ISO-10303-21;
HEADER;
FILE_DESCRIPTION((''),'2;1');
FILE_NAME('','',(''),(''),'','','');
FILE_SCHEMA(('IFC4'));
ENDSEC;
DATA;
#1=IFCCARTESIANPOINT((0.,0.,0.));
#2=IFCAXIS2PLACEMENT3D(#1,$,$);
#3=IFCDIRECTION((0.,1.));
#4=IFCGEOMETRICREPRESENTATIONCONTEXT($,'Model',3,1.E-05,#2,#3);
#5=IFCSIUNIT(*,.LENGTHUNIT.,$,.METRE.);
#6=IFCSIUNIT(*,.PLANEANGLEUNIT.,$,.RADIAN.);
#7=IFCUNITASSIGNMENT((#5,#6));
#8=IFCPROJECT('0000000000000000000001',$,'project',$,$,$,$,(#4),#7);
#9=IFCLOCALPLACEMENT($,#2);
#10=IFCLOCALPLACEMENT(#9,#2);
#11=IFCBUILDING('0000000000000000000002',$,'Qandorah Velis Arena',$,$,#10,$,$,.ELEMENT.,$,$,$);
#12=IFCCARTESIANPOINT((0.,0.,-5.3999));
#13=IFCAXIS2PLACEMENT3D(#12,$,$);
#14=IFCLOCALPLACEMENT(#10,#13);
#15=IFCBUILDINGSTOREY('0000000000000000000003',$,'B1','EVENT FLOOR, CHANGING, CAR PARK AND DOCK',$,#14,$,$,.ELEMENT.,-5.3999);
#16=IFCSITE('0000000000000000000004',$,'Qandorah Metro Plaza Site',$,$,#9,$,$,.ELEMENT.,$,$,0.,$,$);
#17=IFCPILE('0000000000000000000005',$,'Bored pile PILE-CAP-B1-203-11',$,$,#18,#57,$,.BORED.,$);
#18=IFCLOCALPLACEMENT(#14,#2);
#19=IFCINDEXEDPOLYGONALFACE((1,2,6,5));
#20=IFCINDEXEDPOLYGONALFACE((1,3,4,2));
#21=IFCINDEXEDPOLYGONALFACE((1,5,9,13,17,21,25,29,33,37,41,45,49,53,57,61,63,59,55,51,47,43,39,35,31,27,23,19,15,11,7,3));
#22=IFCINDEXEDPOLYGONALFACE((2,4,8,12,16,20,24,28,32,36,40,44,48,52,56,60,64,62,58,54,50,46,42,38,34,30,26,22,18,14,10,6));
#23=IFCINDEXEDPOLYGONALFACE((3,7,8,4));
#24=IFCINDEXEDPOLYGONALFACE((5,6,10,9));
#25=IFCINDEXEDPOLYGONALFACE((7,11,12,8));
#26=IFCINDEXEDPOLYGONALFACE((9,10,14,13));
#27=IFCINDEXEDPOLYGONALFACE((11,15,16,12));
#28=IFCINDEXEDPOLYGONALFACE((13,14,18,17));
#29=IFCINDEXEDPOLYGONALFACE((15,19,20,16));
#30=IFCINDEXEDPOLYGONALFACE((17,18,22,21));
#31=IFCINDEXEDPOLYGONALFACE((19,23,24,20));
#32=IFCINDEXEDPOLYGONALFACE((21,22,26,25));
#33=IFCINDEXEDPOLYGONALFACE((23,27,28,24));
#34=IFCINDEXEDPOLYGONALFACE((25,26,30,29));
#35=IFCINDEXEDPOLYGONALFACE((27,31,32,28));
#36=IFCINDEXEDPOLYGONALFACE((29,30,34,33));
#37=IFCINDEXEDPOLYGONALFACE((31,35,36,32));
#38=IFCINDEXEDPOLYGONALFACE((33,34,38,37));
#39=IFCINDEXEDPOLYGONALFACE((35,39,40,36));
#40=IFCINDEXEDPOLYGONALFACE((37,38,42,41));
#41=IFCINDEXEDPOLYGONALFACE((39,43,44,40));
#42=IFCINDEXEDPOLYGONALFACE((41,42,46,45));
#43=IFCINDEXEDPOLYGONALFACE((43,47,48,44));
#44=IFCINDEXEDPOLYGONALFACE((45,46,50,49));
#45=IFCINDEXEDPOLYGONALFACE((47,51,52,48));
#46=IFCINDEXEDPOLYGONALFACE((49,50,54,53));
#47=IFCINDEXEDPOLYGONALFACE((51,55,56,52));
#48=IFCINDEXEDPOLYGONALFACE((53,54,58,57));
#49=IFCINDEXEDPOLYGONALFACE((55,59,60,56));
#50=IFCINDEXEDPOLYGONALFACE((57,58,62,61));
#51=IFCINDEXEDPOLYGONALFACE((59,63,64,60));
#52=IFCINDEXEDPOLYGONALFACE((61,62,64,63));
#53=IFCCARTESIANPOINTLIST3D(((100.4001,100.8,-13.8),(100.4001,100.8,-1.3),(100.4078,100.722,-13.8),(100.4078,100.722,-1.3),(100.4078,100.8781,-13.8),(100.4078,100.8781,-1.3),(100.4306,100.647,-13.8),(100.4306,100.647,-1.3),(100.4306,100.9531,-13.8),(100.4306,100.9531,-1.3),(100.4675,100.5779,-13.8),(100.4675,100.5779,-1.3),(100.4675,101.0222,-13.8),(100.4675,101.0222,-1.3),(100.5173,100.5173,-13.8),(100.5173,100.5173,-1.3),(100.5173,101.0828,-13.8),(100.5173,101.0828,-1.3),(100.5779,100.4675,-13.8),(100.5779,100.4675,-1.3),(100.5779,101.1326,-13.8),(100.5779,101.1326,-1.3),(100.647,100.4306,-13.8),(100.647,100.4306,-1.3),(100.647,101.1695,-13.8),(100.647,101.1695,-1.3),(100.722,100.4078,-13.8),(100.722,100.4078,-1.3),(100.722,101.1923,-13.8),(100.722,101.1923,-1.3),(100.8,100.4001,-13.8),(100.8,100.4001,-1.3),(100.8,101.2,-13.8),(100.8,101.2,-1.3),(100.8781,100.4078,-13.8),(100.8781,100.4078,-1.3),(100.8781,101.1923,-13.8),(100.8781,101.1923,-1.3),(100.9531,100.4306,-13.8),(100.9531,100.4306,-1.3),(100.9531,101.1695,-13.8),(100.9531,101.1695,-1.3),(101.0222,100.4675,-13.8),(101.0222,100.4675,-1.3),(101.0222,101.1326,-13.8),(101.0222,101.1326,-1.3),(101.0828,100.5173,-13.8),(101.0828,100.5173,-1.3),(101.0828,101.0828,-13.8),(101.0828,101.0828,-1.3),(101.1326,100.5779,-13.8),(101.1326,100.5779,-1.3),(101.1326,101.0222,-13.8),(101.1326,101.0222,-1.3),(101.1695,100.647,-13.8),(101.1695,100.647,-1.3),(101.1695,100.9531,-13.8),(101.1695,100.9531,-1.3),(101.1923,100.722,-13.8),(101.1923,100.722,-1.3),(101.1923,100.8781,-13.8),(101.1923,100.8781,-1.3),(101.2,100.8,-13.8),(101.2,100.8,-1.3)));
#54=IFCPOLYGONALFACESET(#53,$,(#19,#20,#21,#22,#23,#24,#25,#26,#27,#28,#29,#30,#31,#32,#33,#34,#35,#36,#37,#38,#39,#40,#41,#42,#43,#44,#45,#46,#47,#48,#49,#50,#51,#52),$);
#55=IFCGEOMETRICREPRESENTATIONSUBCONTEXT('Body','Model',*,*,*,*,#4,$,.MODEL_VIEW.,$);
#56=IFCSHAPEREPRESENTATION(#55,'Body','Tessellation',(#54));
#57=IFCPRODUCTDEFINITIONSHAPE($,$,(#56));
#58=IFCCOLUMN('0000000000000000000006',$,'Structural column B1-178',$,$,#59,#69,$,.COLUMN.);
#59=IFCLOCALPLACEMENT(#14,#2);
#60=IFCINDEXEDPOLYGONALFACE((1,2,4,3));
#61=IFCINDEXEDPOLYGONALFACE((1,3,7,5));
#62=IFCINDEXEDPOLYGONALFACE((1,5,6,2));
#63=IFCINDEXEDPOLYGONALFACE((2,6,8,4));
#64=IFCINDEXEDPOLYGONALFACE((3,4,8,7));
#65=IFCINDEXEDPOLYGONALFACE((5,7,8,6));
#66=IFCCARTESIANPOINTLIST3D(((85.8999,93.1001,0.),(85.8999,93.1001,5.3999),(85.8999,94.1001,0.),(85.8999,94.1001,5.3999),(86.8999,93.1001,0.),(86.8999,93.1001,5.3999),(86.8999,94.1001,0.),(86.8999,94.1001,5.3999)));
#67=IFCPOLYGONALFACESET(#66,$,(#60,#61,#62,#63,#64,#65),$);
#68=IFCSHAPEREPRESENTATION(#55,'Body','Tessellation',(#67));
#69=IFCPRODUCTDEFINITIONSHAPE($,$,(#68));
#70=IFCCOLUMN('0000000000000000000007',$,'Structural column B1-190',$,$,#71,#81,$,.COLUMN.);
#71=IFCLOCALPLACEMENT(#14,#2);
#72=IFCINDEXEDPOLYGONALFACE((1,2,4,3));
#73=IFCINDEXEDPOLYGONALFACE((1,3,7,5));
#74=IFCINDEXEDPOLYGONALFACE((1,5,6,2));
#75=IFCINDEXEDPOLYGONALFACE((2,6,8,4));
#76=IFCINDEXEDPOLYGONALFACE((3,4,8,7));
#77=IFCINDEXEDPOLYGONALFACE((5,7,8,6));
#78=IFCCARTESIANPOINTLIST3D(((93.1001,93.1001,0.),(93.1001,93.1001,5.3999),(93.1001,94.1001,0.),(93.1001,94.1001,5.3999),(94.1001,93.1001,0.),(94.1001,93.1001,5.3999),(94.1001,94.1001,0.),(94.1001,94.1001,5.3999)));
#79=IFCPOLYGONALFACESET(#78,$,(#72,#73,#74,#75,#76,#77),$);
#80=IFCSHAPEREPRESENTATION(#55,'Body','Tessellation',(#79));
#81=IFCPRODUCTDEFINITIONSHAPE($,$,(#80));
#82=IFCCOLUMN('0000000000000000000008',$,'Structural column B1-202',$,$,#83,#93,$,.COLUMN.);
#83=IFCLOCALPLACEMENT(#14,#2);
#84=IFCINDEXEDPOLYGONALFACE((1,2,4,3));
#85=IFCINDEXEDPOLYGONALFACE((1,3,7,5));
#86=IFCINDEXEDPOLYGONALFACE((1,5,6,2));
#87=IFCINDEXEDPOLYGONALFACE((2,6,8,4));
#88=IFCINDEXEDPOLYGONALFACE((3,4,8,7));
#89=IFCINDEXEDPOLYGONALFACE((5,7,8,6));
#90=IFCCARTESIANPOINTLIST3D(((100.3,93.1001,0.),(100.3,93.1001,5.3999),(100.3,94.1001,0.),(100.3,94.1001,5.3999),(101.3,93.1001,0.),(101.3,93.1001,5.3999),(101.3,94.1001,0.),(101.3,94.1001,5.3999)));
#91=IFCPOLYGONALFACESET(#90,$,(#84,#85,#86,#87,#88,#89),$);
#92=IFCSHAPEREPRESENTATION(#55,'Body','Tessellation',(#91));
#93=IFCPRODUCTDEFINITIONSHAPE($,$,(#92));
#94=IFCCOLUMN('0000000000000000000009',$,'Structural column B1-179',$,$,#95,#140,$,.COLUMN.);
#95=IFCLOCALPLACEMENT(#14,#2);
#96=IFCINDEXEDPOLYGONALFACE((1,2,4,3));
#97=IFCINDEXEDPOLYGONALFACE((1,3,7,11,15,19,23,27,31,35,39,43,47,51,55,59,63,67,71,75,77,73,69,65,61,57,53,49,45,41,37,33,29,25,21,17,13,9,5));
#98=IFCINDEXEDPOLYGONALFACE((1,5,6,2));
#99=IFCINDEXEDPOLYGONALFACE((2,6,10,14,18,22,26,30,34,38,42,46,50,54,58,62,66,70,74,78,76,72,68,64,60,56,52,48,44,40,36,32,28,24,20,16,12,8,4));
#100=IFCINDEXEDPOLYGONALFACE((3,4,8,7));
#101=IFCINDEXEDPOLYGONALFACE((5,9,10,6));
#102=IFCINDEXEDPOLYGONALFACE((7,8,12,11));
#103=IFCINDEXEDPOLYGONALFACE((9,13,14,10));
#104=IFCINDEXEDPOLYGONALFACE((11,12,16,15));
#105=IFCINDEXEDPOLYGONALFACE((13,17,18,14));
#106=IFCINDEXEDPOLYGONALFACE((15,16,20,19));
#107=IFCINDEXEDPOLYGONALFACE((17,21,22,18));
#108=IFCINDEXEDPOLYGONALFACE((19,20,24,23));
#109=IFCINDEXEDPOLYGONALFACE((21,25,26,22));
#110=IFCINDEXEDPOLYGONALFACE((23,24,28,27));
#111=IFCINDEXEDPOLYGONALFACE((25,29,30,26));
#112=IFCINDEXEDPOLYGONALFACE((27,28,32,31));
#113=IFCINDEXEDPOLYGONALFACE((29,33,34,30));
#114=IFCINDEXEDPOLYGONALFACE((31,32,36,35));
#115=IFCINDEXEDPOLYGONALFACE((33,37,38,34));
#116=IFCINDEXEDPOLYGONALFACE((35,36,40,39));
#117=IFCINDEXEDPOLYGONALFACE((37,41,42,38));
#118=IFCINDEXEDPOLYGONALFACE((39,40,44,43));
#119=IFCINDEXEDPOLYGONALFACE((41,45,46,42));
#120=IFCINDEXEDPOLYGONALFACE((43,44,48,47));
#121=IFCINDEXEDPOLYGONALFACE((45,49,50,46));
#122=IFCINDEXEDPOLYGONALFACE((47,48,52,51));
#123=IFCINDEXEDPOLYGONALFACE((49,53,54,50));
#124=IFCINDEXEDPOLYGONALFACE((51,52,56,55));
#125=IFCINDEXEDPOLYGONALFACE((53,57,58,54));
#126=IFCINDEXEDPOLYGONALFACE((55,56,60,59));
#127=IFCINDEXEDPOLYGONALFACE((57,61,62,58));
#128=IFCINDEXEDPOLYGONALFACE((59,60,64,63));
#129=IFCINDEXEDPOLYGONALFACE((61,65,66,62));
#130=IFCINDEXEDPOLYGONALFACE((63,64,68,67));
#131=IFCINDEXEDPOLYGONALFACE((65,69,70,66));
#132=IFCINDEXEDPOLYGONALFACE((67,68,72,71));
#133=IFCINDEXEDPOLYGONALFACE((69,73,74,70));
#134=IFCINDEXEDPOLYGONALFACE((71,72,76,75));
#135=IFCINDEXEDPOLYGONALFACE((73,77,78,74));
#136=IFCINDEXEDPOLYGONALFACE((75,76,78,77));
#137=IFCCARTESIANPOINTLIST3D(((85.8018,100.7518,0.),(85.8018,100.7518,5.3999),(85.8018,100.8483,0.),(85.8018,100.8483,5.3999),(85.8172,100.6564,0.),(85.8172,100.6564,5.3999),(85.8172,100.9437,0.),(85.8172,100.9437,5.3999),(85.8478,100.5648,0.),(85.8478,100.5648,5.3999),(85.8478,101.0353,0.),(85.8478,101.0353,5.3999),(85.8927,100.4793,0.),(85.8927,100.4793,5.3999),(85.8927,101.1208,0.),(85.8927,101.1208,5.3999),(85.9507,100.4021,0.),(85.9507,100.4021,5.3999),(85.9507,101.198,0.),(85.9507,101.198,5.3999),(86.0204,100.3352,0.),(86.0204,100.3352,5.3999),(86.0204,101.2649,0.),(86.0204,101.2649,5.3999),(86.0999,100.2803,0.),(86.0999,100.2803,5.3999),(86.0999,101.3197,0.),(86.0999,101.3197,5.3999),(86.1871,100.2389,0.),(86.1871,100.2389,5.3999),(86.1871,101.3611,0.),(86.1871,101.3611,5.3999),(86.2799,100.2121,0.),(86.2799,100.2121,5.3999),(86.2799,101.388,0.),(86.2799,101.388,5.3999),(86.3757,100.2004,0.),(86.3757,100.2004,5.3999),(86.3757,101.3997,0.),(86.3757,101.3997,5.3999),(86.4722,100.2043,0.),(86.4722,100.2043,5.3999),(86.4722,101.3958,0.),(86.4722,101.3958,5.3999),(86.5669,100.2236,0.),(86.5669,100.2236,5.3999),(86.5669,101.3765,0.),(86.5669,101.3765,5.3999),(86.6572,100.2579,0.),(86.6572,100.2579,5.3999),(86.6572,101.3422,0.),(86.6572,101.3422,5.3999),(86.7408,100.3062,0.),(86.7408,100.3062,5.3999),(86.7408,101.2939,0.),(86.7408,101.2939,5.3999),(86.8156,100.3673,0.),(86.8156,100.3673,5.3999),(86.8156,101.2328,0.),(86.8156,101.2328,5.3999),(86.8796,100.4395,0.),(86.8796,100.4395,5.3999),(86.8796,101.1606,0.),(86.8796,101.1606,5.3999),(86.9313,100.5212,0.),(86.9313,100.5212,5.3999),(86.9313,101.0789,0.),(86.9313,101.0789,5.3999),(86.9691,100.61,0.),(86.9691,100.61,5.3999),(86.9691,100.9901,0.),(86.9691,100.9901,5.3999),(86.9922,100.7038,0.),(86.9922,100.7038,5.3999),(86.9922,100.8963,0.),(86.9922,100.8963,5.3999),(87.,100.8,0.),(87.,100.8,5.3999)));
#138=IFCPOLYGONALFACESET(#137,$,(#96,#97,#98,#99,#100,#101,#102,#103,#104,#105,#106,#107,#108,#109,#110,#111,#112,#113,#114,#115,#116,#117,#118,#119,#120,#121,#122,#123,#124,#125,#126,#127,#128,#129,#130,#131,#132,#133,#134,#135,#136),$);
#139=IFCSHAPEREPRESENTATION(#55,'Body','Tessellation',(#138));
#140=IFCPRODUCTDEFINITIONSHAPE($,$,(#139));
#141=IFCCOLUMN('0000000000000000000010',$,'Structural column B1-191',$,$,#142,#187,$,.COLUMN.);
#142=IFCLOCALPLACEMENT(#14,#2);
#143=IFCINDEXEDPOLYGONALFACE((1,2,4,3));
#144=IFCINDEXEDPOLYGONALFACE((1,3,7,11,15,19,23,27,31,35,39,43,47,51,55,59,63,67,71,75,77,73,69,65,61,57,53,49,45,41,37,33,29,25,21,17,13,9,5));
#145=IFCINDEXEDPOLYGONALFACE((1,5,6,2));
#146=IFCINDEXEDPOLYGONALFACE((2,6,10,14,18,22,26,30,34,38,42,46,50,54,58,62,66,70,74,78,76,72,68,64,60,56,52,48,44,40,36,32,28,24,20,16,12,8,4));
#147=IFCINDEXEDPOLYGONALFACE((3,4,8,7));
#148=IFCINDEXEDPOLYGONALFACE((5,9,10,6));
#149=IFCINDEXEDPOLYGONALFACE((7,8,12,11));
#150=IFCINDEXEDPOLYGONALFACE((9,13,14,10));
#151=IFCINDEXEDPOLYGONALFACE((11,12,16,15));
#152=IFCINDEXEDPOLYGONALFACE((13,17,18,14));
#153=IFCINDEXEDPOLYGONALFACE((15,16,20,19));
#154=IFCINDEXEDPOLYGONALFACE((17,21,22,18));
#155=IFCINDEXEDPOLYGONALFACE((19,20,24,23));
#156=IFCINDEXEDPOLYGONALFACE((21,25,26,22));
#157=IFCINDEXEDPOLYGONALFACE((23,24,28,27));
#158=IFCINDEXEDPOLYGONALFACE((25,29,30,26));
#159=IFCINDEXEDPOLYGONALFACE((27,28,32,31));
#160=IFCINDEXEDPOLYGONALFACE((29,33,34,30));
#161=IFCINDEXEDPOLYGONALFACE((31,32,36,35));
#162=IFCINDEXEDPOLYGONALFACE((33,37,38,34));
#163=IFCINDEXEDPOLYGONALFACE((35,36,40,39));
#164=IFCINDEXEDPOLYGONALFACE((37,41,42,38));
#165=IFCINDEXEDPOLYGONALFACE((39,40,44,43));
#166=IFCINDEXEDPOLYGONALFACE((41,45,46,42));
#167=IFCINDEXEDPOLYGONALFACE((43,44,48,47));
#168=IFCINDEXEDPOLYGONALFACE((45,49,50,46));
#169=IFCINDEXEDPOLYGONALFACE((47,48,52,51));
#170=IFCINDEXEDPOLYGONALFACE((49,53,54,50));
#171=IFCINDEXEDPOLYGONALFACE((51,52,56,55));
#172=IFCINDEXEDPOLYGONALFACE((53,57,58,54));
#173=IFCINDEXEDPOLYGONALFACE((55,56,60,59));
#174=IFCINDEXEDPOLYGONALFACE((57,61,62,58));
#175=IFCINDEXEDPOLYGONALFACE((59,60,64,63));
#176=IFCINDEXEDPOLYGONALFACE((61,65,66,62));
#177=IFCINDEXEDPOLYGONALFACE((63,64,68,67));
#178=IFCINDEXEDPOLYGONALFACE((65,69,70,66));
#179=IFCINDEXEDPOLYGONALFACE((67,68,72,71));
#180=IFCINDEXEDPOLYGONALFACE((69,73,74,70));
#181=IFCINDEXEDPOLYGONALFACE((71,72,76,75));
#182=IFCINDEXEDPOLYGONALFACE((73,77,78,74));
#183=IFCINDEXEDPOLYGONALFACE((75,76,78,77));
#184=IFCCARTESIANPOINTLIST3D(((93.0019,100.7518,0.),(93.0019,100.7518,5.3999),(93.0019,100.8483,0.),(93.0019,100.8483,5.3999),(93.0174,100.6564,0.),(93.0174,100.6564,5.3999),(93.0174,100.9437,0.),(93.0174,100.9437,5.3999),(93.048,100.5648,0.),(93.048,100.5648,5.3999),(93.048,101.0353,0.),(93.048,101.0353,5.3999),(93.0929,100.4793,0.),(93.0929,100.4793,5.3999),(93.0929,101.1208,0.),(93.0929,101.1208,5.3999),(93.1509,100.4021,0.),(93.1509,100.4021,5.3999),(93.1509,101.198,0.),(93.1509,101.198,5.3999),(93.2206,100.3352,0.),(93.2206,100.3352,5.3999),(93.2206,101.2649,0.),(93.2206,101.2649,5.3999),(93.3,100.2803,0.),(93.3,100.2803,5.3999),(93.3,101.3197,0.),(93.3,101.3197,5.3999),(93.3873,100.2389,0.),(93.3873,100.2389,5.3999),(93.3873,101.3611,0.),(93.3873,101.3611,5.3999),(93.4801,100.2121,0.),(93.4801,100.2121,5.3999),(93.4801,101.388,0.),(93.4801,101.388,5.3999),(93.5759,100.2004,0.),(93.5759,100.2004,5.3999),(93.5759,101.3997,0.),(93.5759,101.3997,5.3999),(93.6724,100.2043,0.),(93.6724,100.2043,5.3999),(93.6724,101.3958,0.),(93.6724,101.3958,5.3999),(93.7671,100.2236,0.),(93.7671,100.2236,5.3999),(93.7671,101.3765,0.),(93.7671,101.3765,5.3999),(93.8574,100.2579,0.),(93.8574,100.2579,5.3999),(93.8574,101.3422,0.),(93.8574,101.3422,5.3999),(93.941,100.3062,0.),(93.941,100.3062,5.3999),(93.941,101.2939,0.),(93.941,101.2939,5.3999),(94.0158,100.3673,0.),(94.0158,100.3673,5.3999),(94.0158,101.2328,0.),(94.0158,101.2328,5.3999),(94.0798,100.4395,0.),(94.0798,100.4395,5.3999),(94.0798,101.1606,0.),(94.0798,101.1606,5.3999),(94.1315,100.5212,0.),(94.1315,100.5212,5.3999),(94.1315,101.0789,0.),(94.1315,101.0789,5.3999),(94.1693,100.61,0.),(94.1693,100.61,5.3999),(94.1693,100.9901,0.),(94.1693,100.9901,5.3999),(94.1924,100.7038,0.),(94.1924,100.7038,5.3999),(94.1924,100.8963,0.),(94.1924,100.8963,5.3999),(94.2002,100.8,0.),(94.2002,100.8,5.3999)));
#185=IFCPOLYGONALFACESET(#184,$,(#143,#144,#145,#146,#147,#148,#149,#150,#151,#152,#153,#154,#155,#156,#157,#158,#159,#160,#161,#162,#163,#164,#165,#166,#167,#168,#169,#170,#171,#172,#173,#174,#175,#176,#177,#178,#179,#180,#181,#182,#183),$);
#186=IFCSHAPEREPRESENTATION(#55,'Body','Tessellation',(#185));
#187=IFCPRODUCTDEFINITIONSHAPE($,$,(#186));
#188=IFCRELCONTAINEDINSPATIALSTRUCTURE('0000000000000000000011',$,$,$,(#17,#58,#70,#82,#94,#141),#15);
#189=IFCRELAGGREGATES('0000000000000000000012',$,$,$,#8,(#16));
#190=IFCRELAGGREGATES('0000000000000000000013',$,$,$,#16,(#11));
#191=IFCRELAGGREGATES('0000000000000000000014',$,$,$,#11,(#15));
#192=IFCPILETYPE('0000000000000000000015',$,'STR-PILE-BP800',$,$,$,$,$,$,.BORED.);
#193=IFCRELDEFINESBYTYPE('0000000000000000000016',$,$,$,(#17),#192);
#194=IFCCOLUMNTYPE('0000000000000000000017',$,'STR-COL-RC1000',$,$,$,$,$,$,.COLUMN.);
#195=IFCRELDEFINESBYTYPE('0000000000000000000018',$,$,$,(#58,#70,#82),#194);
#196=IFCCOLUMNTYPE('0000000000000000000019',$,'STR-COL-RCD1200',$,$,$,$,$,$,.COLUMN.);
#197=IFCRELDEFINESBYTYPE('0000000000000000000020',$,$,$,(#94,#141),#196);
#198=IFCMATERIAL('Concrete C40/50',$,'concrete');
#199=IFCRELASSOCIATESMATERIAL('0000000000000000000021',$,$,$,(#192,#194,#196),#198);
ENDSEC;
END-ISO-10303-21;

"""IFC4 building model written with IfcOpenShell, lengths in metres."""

from ifc_helpers import new_model, si_unit, direction, frame, origin, origin_2d, place, context, subcontext, project, spatial, rectangle, circle, extrude, material, material_profile, profile_set, type_object, element, save


model = new_model("IFC4")

# Units and contexts
model_context = context("Model", 3, precision=1e-05, world=origin(), true_north=direction((0.0, 1.0)))
body_context = subcontext(model_context, "Body", "Model", "MODEL_VIEW")
ifc_project = project(units=[si_unit("LENGTHUNIT", "METRE"), si_unit("PLANEANGLEUNIT", "RADIAN")], contexts=[model_context])

# Site, building, storey
site_placement = place(None, origin())
site = spatial("IfcSite", under=ifc_project, at=site_placement, Name="Qandorah Metro Plaza Site", CompositionType="ELEMENT", RefElevation=0.0)
building_placement = place(site_placement, origin())
building = spatial("IfcBuilding", under=site, at=building_placement, Name="Qandorah Velis Arena", CompositionType="ELEMENT")
storey_placement = place(building_placement, frame((0.0, 0.0, -5.3999)))
storey = spatial("IfcBuildingStorey", under=building, at=storey_placement, Name="B1", Description="EVENT FLOOR, CHANGING, CAR PARK AND DOCK", CompositionType="ELEMENT", Elevation=-5.3999)

# Shared definitions
ifc_material_1 = material(Name="Concrete C40/50", Category="concrete")

# Pile
ifc_material_profile_1 = material_profile(ifc_material_1, circle(Radius=0.3999, at=origin_2d()), Name="BORED PILE D800")
ifc_profile_set_1 = profile_set([ifc_material_profile_1], Name="Concrete C40/50")
pile_type_1 = type_object("IfcPileType", Name="STR-PILE-BP800", PredefinedType="BORED", material=ifc_profile_set_1)
pile_1_placement = place(storey_placement, frame((100.8, 100.8, -1.3), z_axis=(0.0, 0.0, -1.0), x_axis=(1.0, 0.0, 0.0)))
element("IfcPile", 1, at=pile_1_placement, inside=storey, type_object=pile_type_1, Name="Bored pile PILE-CAP-B1-203-11", PredefinedType="BORED", context=body_context, shape_type="SweptSolid", body=[
    extrude(circle(Radius=0.3999, at=origin_2d()), origin(), (0.0, 0.0, 1.0), 12.5),
])

# Columns
ifc_material_profile_2 = material_profile(ifc_material_1, rectangle(XDim=1.0, YDim=1.0, at=origin_2d()), Name="RC COL 1000x1000")
ifc_profile_set_2 = profile_set([ifc_material_profile_2], Name="Concrete C40/50")
column_type_1 = type_object("IfcColumnType", Name="STR-COL-RC1000", PredefinedType="COLUMN", material=ifc_profile_set_2)
for number, where, z_axis, x_axis, name in (
    (2, (86.3999, 93.6001, 0.0), (0.0, 0.0, 1.0), (1.0, 0.0, 0.0), "Structural column B1-178"),
    (3, (93.6001, 93.6001, 0.0), (0.0, 0.0, 1.0), (1.0, 0.0, 0.0), "Structural column B1-190"),
    (4, (100.8, 93.6001, 0.0), (0.0, 0.0, 1.0), (1.0, 0.0, 0.0), "Structural column B1-202"),
):
    element("IfcColumn", number, at=place(storey_placement, frame(where, z_axis=z_axis, x_axis=x_axis)), inside=storey, type_object=column_type_1, Name=name, PredefinedType="COLUMN", context=body_context, shape_type="SweptSolid", body=[
        extrude(rectangle(XDim=1.0, YDim=1.0, at=origin_2d()), origin(), (0.0, 0.0, 1.0), 5.3999),
    ])
ifc_material_profile_3 = material_profile(ifc_material_1, circle(Radius=0.6001, at=origin_2d()), Name="RC D1200")
ifc_profile_set_3 = profile_set([ifc_material_profile_3], Name="Concrete C40/50")
column_type_2 = type_object("IfcColumnType", Name="STR-COL-RCD1200", PredefinedType="COLUMN", material=ifc_profile_set_3)
for number, where, z_axis, x_axis, name in (
    (5, (86.3999, 100.8, 0.0), (0.0, 0.0, 1.0), (1.0, 0.0, 0.0), "Structural column B1-179"),
    (6, (93.6001, 100.8, 0.0), (0.0, 0.0, 1.0), (1.0, 0.0, 0.0), "Structural column B1-191"),
):
    element("IfcColumn", number, at=place(storey_placement, frame(where, z_axis=z_axis, x_axis=x_axis)), inside=storey, type_object=column_type_2, Name=name, PredefinedType="COLUMN", context=body_context, shape_type="SweptSolid", body=[
        extrude(circle(Radius=0.6001, at=origin_2d()), origin(), (0.0, 0.0, 1.0), 5.3999),
    ])

save(model, "model.ifc")
